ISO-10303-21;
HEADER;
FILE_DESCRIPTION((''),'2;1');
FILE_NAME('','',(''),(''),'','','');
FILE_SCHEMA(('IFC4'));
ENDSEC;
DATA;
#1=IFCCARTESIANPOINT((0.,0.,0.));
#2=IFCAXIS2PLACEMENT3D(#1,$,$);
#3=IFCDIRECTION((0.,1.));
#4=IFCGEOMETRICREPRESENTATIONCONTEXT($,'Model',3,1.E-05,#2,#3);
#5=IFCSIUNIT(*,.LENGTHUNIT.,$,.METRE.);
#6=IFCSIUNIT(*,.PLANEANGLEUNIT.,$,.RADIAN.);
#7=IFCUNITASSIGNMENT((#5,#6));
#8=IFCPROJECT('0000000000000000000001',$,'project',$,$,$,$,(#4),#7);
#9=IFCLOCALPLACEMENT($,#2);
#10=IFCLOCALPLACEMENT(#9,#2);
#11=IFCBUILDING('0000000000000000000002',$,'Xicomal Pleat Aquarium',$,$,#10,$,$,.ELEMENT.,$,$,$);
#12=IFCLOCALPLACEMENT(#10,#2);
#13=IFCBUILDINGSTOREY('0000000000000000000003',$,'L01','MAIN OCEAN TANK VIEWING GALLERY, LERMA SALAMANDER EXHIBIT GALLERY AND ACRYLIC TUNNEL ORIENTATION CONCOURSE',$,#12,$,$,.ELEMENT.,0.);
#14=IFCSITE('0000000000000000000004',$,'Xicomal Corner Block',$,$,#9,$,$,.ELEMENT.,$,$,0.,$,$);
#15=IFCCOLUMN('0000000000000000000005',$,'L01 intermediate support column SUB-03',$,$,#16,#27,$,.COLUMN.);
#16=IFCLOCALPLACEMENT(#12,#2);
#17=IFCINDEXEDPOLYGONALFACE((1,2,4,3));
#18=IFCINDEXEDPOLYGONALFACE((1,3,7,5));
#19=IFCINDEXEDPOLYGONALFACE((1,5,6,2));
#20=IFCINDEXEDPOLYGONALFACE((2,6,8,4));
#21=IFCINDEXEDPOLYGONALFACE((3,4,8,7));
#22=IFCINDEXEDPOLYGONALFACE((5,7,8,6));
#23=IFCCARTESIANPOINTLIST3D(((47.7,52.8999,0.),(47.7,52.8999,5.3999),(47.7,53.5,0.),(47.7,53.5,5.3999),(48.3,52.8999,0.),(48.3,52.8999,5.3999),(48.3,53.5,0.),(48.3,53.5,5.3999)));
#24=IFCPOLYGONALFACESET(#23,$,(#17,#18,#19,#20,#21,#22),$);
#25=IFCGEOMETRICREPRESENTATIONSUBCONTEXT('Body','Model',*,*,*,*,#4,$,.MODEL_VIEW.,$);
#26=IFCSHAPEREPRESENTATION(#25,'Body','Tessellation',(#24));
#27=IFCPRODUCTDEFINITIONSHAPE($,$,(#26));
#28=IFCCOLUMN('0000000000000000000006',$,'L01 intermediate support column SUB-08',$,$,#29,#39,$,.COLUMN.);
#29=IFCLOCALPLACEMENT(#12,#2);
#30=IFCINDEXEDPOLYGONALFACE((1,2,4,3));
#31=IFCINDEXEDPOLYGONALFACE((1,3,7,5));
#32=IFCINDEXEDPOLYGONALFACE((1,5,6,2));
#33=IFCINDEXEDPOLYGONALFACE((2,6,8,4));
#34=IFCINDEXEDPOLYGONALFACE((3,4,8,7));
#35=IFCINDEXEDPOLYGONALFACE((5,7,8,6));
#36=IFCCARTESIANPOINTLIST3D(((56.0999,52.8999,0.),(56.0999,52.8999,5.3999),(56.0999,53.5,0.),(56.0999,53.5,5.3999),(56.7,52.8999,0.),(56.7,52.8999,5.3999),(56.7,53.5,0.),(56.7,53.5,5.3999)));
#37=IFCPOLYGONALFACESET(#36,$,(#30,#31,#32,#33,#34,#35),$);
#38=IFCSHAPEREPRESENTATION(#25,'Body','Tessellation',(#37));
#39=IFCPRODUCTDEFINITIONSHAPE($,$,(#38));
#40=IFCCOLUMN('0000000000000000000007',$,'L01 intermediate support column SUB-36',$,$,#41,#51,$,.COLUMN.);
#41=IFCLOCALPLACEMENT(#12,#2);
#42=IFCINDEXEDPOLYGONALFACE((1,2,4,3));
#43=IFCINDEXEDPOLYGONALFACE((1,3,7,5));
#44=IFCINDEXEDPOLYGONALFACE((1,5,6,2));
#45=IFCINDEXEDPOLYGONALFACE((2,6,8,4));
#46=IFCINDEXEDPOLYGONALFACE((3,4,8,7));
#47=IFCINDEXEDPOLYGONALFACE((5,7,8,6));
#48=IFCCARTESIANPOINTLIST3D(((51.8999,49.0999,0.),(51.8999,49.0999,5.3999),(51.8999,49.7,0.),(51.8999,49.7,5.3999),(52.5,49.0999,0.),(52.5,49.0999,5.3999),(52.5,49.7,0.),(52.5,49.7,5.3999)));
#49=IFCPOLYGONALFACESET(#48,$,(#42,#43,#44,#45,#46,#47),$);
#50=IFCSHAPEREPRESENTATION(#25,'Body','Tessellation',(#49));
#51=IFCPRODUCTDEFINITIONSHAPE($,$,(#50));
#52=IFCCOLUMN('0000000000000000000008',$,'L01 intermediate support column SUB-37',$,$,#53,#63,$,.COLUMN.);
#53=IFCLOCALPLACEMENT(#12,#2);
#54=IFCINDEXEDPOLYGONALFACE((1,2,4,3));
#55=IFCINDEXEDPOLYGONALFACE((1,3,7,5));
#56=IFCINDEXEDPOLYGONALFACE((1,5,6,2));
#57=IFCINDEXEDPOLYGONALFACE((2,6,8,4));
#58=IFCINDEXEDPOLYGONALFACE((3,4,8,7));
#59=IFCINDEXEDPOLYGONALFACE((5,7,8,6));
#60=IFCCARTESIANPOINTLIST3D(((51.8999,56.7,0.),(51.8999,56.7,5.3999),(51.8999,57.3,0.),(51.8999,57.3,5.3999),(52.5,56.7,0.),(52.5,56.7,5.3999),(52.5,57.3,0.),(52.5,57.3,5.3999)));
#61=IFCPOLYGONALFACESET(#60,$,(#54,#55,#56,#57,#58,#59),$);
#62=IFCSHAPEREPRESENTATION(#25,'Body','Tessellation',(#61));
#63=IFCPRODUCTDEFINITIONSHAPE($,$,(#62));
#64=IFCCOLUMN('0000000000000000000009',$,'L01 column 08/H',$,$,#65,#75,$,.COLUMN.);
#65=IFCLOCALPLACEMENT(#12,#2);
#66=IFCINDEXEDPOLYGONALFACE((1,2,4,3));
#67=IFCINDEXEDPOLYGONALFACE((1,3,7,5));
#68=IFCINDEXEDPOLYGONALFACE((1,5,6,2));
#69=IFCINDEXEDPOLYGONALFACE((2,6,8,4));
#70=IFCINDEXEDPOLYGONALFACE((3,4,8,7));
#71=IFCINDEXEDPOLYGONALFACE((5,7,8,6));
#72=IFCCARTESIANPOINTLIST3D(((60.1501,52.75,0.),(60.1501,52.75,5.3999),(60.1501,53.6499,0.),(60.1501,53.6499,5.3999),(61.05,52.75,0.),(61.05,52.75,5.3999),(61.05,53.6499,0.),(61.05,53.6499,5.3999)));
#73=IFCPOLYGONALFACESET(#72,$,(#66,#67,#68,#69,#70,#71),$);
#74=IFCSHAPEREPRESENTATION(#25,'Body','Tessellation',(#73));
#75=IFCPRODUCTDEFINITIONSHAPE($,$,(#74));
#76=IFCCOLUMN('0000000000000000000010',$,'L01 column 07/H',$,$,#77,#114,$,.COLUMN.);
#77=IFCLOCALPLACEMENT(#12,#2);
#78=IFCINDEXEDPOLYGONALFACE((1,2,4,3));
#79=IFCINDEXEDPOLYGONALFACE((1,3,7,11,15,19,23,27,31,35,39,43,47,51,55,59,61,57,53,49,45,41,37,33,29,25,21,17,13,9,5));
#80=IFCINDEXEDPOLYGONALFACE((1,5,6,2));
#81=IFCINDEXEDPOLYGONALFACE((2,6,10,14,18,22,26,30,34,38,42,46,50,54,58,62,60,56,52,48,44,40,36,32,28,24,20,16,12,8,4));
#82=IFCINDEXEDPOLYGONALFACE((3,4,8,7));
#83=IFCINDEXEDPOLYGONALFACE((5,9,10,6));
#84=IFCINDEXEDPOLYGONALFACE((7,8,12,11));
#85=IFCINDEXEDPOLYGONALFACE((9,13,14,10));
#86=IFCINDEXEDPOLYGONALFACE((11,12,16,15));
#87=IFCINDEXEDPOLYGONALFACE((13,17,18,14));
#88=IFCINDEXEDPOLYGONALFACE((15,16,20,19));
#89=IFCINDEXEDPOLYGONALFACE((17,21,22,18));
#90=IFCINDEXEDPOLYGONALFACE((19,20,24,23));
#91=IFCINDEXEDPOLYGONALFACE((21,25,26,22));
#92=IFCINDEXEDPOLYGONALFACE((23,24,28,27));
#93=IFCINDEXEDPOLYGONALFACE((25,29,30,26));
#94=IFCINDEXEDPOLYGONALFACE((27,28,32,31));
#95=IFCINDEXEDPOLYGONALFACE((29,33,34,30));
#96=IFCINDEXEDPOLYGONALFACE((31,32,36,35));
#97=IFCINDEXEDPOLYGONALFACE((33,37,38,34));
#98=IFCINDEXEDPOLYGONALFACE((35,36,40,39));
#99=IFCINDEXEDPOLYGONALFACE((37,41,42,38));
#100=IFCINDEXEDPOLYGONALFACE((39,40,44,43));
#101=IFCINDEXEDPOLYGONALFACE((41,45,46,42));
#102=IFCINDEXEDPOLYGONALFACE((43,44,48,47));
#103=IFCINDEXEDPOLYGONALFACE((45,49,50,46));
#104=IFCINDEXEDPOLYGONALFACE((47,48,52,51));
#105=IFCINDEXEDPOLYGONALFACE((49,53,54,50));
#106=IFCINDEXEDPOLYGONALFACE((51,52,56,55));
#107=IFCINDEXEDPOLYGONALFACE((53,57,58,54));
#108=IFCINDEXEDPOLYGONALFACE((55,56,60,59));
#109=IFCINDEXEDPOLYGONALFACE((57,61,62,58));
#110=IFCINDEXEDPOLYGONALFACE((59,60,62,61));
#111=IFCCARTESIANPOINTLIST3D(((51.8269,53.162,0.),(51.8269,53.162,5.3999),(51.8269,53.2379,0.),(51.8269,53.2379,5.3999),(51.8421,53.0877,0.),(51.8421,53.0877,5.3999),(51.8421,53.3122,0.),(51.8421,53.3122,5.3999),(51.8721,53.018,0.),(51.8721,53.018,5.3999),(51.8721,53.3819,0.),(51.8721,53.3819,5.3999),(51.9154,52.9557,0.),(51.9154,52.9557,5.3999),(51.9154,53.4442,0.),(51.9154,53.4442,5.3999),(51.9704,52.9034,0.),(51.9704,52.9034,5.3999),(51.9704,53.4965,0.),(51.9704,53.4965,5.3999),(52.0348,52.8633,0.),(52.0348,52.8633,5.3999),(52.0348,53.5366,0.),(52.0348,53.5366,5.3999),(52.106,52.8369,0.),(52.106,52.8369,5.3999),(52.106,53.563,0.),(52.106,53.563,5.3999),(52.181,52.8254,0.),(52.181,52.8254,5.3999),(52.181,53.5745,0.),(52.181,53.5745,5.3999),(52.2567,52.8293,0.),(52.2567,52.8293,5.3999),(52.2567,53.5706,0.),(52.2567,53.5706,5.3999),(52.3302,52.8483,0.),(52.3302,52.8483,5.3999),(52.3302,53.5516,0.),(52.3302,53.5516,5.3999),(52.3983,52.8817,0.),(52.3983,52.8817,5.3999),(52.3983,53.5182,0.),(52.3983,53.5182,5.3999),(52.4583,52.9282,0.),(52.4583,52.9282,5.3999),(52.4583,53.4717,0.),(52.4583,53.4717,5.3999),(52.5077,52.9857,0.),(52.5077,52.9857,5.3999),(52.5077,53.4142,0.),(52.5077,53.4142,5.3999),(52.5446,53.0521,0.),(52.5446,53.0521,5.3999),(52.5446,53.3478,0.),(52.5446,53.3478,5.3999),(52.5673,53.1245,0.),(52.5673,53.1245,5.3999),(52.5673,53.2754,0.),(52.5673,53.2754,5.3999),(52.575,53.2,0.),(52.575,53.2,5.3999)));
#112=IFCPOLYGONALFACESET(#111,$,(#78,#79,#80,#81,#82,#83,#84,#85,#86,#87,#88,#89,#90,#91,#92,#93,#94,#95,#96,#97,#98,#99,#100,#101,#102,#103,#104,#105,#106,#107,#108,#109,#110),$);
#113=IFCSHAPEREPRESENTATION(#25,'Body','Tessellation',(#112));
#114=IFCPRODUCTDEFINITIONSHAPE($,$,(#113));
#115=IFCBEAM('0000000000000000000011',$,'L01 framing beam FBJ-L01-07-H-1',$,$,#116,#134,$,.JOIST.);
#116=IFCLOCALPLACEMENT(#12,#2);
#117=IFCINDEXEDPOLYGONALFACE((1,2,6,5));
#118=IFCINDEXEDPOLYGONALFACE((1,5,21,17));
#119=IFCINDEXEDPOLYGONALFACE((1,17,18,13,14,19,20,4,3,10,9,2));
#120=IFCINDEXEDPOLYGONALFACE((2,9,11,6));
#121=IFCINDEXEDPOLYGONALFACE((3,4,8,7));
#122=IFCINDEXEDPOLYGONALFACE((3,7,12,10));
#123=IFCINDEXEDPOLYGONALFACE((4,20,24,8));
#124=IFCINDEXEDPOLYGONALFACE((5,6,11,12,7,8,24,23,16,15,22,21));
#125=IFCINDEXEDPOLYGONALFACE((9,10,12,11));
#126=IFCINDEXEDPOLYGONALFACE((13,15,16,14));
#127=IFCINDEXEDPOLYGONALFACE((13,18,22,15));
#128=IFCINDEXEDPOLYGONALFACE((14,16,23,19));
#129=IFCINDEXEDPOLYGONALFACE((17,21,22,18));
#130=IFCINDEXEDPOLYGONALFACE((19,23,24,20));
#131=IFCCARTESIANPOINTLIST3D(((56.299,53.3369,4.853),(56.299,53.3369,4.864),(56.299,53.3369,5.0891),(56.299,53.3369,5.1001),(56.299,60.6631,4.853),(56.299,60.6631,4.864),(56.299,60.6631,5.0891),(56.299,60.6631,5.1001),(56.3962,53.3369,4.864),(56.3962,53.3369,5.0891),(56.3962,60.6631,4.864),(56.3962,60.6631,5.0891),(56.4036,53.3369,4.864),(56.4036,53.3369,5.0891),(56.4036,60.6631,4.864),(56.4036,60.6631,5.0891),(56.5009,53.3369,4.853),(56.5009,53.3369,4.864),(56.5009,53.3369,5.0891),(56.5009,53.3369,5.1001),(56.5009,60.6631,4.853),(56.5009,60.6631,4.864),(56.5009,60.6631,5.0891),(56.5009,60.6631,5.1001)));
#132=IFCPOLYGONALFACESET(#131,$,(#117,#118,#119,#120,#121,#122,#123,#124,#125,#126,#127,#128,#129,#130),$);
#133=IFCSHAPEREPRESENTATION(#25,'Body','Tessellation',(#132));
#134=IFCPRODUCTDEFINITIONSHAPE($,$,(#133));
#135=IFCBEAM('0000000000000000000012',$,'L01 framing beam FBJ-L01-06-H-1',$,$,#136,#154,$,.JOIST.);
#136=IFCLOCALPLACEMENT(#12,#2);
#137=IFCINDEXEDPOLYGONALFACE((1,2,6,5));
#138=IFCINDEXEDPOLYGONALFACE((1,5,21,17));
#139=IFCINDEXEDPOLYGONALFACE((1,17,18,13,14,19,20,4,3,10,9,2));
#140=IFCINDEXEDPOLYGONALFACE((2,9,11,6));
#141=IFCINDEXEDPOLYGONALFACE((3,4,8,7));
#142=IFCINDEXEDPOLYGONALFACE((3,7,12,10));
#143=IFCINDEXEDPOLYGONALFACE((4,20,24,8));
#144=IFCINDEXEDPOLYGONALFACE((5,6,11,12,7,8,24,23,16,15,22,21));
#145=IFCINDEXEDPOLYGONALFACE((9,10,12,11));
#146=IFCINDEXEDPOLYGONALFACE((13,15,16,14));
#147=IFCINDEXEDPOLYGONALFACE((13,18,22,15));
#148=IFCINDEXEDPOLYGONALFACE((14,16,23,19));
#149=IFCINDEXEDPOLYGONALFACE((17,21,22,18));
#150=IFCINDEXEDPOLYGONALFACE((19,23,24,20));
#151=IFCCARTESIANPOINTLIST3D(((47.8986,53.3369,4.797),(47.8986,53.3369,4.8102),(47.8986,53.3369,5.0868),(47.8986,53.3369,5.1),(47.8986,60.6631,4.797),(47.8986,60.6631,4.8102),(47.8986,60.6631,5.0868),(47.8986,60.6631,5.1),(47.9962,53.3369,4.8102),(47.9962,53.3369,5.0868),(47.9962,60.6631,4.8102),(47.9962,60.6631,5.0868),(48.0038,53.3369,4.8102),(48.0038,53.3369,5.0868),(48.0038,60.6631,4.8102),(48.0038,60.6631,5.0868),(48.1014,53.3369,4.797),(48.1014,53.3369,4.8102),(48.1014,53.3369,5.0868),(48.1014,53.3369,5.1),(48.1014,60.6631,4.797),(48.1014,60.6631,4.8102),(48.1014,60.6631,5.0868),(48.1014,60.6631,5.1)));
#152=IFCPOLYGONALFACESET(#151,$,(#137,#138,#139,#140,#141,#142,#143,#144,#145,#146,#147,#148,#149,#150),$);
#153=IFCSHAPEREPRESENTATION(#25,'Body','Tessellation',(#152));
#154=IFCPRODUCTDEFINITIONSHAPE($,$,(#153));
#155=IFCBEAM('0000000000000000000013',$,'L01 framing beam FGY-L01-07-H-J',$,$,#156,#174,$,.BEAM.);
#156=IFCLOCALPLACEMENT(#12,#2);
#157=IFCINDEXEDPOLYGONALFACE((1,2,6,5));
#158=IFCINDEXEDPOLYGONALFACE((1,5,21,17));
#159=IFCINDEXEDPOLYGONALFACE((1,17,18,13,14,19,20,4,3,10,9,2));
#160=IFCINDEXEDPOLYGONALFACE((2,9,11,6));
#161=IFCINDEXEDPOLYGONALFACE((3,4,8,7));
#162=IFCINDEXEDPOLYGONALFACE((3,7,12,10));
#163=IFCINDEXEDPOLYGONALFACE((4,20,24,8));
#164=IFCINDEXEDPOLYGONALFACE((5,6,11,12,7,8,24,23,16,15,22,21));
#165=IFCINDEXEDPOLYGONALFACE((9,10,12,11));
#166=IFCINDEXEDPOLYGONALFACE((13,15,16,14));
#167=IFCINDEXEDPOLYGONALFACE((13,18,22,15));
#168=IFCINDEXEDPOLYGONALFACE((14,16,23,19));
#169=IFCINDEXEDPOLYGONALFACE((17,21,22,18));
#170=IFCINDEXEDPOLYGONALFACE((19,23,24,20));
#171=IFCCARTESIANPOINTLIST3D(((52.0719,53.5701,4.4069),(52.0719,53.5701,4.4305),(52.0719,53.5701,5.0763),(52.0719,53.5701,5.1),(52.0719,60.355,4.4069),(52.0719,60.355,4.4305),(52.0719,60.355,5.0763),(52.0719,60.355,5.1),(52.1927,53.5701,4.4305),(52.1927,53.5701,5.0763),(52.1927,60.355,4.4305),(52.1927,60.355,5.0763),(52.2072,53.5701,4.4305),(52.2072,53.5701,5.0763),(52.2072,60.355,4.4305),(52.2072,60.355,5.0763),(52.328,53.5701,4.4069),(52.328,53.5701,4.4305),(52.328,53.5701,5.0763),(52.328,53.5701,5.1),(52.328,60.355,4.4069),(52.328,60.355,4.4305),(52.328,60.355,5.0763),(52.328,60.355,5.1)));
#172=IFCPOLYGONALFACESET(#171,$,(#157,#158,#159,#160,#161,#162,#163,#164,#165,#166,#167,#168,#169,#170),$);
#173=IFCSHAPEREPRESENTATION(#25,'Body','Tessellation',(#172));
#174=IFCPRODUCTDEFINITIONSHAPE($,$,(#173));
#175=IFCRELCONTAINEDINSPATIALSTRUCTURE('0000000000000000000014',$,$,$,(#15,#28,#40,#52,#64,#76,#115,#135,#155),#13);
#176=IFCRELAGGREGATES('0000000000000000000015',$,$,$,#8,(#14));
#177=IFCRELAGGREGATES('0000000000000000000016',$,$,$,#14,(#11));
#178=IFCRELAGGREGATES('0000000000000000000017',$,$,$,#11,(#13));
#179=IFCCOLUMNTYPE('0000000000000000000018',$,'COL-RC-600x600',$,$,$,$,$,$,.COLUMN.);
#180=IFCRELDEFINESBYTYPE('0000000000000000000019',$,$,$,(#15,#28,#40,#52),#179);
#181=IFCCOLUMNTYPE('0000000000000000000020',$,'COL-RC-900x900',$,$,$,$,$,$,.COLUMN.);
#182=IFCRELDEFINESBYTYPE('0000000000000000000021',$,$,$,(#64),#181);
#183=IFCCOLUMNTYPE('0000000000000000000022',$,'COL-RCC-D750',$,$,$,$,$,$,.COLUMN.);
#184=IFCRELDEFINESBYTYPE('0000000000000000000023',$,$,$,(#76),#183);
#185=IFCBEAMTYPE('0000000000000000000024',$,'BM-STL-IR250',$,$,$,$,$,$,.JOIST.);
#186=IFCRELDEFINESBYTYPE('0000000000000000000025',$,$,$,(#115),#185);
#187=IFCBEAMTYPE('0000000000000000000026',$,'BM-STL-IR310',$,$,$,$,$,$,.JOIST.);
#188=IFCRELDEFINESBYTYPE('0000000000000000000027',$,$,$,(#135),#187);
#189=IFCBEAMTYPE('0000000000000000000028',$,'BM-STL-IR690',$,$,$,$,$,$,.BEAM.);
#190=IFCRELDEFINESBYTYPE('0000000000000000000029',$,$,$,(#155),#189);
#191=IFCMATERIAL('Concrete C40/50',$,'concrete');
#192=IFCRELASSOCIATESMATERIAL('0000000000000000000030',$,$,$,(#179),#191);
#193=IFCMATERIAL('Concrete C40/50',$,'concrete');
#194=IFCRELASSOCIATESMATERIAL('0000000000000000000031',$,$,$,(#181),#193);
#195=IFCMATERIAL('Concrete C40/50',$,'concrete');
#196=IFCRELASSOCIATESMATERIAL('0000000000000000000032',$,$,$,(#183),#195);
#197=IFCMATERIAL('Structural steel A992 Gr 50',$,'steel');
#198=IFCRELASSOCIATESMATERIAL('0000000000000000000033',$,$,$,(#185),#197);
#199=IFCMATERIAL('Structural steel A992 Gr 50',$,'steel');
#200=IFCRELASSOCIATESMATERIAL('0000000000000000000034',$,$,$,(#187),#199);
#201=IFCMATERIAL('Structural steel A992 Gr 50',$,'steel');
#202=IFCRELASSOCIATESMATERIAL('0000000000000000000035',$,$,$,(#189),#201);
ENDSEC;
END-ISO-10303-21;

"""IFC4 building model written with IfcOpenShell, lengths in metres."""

from ifc_helpers import new_model, si_unit, direction, frame, origin, origin_2d, place, context, subcontext, project, spatial, rectangle, circle, i_section, extrude, material, material_profile, profile_set, type_object, element, save


model = new_model("IFC4")

# Units and contexts
model_context = context("Model", 3, precision=1e-05, world=origin(), true_north=direction((0.0, 1.0)))
body_context = subcontext(model_context, "Body", "Model", "MODEL_VIEW")
ifc_project = project(units=[si_unit("LENGTHUNIT", "METRE"), si_unit("PLANEANGLEUNIT", "RADIAN")], contexts=[model_context])

# Site, building, storey
site_placement = place(None, origin())
site = spatial("IfcSite", under=ifc_project, at=site_placement, Name="Xicomal Corner Block", CompositionType="ELEMENT", RefElevation=0.0)
building_placement = place(site_placement, origin())
building = spatial("IfcBuilding", under=site, at=building_placement, Name="Xicomal Pleat Aquarium", CompositionType="ELEMENT")
storey_placement = place(building_placement, origin())
storey = spatial("IfcBuildingStorey", under=building, at=storey_placement, Name="L01", Description="MAIN OCEAN TANK VIEWING GALLERY, LERMA SALAMANDER EXHIBIT GALLERY AND ACRYLIC TUNNEL ORIENTATION CONCOURSE", CompositionType="ELEMENT", Elevation=0.0)

# Columns
ifc_material_1 = material(Name="Concrete C40/50", Category="concrete")
ifc_material_profile_1 = material_profile(ifc_material_1, rectangle(XDim=0.6001, YDim=0.6001, at=origin_2d()), Name="RC 600x600")
ifc_profile_set_1 = profile_set([ifc_material_profile_1], Name="Concrete C40/50")
column_type_1 = type_object("IfcColumnType", Name="COL-RC-600x600", PredefinedType="COLUMN", material=ifc_profile_set_1)
for number, where, z_axis, x_axis, name in (
    (1, (48.0, 53.2, 0.0), (0.0, 0.0, 1.0), (1.0, 0.0, 0.0), "L01 intermediate support column SUB-03"),
    (2, (56.3999, 53.2, 0.0), (0.0, 0.0, 1.0), (1.0, 0.0, 0.0), "L01 intermediate support column SUB-08"),
    (3, (52.2, 49.3999, 0.0), (0.0, 0.0, 1.0), (1.0, 0.0, 0.0), "L01 intermediate support column SUB-36"),
    (4, (52.2, 57.0, 0.0), (0.0, 0.0, 1.0), (1.0, 0.0, 0.0), "L01 intermediate support column SUB-37"),
):
    element("IfcColumn", number, at=place(storey_placement, frame(where, z_axis=z_axis, x_axis=x_axis)), inside=storey, type_object=column_type_1, Name=name, PredefinedType="COLUMN", context=body_context, shape_type="SweptSolid", body=[
        extrude(rectangle(XDim=0.6001, YDim=0.6001, at=origin_2d()), origin(), (0.0, 0.0, 1.0), 5.3999),
    ])
ifc_material_2 = material(Name="Concrete C40/50", Category="concrete")
ifc_material_profile_2 = material_profile(ifc_material_2, rectangle(XDim=0.8999, YDim=0.8999, at=origin_2d()), Name="RC 900x900")
ifc_profile_set_2 = profile_set([ifc_material_profile_2], Name="Concrete C40/50")
column_type_2 = type_object("IfcColumnType", Name="COL-RC-900x900", PredefinedType="COLUMN", material=ifc_profile_set_2)
column_1_placement = place(storey_placement, frame((60.6001, 53.2, 0.0), z_axis=(0.0, 0.0, 1.0), x_axis=(1.0, 0.0, 0.0)))
element("IfcColumn", 5, at=column_1_placement, inside=storey, type_object=column_type_2, Name="L01 column 08/H", PredefinedType="COLUMN", context=body_context, shape_type="SweptSolid", body=[
    extrude(rectangle(XDim=0.8999, YDim=0.8999, at=origin_2d()), origin(), (0.0, 0.0, 1.0), 5.3999),
])
ifc_material_3 = material(Name="Concrete C40/50", Category="concrete")
ifc_material_profile_3 = material_profile(ifc_material_3, circle(Radius=0.375, at=origin_2d()), Name="RCC D750")
ifc_profile_set_3 = profile_set([ifc_material_profile_3], Name="Concrete C40/50")
column_type_3 = type_object("IfcColumnType", Name="COL-RCC-D750", PredefinedType="COLUMN", material=ifc_profile_set_3)
column_2_placement = place(storey_placement, frame((52.2, 53.2, 0.0), z_axis=(0.0, 0.0, 1.0), x_axis=(1.0, 0.0, 0.0)))
element("IfcColumn", 6, at=column_2_placement, inside=storey, type_object=column_type_3, Name="L01 column 07/H", PredefinedType="COLUMN", context=body_context, shape_type="SweptSolid", body=[
    extrude(circle(Radius=0.375, at=origin_2d()), origin(), (0.0, 0.0, 1.0), 5.3999),
])

# Beams
ifc_material_4 = material(Name="Structural steel A992 Gr 50", Category="steel")
ifc_material_profile_4 = material_profile(ifc_material_4, i_section(OverallWidth=0.2019, OverallDepth=0.2471, WebThickness=0.0073, FlangeThickness=0.011, at=origin_2d()), Name="IR 250x49")
ifc_profile_set_4 = profile_set([ifc_material_profile_4], Name="Structural steel A992 Gr 50")
beam_type_1 = type_object("IfcBeamType", Name="BM-STL-IR250", PredefinedType="JOIST", material=ifc_profile_set_4)
beam_1_placement = place(storey_placement, frame((56.3999, 53.3369, 4.9766), z_axis=(0.0, 1.0, 0.0), x_axis=(-1.0, 0.0, 0.0)))
element("IfcBeam", 7, at=beam_1_placement, inside=storey, type_object=beam_type_1, Name="L01 framing beam FBJ-L01-07-H-1", PredefinedType="JOIST", context=body_context, shape_type="SweptSolid", body=[
    extrude(i_section(OverallWidth=0.2019, OverallDepth=0.2471, WebThickness=0.0073, FlangeThickness=0.011, at=origin_2d()), origin(), (0.0, 0.0, 1.0), 7.3262),
])
ifc_material_5 = material(Name="Structural steel A992 Gr 50", Category="steel")
ifc_material_profile_5 = material_profile(ifc_material_5, i_section(OverallWidth=0.2029, OverallDepth=0.303, WebThickness=0.0076, FlangeThickness=0.0132, at=origin_2d()), Name="IR 310x60")
ifc_profile_set_5 = profile_set([ifc_material_profile_5], Name="Structural steel A992 Gr 50")
beam_type_2 = type_object("IfcBeamType", Name="BM-STL-IR310", PredefinedType="JOIST", material=ifc_profile_set_5)
beam_2_placement = place(storey_placement, frame((48.0, 53.3369, 4.9485), z_axis=(0.0, 1.0, 0.0), x_axis=(-1.0, 0.0, 0.0)))
element("IfcBeam", 8, at=beam_2_placement, inside=storey, type_object=beam_type_2, Name="L01 framing beam FBJ-L01-06-H-1", PredefinedType="JOIST", context=body_context, shape_type="SweptSolid", body=[
    extrude(i_section(OverallWidth=0.2029, OverallDepth=0.303, WebThickness=0.0076, FlangeThickness=0.0132, at=origin_2d()), origin(), (0.0, 0.0, 1.0), 7.3262),
])
ifc_material_6 = material(Name="Structural steel A992 Gr 50", Category="steel")
ifc_material_profile_6 = material_profile(ifc_material_6, i_section(OverallWidth=0.2561, OverallDepth=0.6931, WebThickness=0.0144, FlangeThickness=0.0237, at=origin_2d()), Name="IR 690x170")
ifc_profile_set_6 = profile_set([ifc_material_profile_6], Name="Structural steel A992 Gr 50")
beam_type_3 = type_object("IfcBeamType", Name="BM-STL-IR690", PredefinedType="BEAM", material=ifc_profile_set_6)
for number, where, z_axis, x_axis, name in (
    (9, (52.2, 53.5701, 4.7534), (0.0, 1.0, 0.0), (-1.0, 0.0, 0.0), "L01 framing beam FGY-L01-07-H-J"),
):
    element("IfcBeam", number, at=place(storey_placement, frame(where, z_axis=z_axis, x_axis=x_axis)), inside=storey, type_object=beam_type_3, Name=name, PredefinedType="BEAM", context=body_context, shape_type="SweptSolid", body=[
        extrude(i_section(OverallWidth=0.2561, OverallDepth=0.6931, WebThickness=0.0144, FlangeThickness=0.0237, at=origin_2d()), origin(), (0.0, 0.0, 1.0), 6.7849),
    ])

save(model, "model.ifc")
